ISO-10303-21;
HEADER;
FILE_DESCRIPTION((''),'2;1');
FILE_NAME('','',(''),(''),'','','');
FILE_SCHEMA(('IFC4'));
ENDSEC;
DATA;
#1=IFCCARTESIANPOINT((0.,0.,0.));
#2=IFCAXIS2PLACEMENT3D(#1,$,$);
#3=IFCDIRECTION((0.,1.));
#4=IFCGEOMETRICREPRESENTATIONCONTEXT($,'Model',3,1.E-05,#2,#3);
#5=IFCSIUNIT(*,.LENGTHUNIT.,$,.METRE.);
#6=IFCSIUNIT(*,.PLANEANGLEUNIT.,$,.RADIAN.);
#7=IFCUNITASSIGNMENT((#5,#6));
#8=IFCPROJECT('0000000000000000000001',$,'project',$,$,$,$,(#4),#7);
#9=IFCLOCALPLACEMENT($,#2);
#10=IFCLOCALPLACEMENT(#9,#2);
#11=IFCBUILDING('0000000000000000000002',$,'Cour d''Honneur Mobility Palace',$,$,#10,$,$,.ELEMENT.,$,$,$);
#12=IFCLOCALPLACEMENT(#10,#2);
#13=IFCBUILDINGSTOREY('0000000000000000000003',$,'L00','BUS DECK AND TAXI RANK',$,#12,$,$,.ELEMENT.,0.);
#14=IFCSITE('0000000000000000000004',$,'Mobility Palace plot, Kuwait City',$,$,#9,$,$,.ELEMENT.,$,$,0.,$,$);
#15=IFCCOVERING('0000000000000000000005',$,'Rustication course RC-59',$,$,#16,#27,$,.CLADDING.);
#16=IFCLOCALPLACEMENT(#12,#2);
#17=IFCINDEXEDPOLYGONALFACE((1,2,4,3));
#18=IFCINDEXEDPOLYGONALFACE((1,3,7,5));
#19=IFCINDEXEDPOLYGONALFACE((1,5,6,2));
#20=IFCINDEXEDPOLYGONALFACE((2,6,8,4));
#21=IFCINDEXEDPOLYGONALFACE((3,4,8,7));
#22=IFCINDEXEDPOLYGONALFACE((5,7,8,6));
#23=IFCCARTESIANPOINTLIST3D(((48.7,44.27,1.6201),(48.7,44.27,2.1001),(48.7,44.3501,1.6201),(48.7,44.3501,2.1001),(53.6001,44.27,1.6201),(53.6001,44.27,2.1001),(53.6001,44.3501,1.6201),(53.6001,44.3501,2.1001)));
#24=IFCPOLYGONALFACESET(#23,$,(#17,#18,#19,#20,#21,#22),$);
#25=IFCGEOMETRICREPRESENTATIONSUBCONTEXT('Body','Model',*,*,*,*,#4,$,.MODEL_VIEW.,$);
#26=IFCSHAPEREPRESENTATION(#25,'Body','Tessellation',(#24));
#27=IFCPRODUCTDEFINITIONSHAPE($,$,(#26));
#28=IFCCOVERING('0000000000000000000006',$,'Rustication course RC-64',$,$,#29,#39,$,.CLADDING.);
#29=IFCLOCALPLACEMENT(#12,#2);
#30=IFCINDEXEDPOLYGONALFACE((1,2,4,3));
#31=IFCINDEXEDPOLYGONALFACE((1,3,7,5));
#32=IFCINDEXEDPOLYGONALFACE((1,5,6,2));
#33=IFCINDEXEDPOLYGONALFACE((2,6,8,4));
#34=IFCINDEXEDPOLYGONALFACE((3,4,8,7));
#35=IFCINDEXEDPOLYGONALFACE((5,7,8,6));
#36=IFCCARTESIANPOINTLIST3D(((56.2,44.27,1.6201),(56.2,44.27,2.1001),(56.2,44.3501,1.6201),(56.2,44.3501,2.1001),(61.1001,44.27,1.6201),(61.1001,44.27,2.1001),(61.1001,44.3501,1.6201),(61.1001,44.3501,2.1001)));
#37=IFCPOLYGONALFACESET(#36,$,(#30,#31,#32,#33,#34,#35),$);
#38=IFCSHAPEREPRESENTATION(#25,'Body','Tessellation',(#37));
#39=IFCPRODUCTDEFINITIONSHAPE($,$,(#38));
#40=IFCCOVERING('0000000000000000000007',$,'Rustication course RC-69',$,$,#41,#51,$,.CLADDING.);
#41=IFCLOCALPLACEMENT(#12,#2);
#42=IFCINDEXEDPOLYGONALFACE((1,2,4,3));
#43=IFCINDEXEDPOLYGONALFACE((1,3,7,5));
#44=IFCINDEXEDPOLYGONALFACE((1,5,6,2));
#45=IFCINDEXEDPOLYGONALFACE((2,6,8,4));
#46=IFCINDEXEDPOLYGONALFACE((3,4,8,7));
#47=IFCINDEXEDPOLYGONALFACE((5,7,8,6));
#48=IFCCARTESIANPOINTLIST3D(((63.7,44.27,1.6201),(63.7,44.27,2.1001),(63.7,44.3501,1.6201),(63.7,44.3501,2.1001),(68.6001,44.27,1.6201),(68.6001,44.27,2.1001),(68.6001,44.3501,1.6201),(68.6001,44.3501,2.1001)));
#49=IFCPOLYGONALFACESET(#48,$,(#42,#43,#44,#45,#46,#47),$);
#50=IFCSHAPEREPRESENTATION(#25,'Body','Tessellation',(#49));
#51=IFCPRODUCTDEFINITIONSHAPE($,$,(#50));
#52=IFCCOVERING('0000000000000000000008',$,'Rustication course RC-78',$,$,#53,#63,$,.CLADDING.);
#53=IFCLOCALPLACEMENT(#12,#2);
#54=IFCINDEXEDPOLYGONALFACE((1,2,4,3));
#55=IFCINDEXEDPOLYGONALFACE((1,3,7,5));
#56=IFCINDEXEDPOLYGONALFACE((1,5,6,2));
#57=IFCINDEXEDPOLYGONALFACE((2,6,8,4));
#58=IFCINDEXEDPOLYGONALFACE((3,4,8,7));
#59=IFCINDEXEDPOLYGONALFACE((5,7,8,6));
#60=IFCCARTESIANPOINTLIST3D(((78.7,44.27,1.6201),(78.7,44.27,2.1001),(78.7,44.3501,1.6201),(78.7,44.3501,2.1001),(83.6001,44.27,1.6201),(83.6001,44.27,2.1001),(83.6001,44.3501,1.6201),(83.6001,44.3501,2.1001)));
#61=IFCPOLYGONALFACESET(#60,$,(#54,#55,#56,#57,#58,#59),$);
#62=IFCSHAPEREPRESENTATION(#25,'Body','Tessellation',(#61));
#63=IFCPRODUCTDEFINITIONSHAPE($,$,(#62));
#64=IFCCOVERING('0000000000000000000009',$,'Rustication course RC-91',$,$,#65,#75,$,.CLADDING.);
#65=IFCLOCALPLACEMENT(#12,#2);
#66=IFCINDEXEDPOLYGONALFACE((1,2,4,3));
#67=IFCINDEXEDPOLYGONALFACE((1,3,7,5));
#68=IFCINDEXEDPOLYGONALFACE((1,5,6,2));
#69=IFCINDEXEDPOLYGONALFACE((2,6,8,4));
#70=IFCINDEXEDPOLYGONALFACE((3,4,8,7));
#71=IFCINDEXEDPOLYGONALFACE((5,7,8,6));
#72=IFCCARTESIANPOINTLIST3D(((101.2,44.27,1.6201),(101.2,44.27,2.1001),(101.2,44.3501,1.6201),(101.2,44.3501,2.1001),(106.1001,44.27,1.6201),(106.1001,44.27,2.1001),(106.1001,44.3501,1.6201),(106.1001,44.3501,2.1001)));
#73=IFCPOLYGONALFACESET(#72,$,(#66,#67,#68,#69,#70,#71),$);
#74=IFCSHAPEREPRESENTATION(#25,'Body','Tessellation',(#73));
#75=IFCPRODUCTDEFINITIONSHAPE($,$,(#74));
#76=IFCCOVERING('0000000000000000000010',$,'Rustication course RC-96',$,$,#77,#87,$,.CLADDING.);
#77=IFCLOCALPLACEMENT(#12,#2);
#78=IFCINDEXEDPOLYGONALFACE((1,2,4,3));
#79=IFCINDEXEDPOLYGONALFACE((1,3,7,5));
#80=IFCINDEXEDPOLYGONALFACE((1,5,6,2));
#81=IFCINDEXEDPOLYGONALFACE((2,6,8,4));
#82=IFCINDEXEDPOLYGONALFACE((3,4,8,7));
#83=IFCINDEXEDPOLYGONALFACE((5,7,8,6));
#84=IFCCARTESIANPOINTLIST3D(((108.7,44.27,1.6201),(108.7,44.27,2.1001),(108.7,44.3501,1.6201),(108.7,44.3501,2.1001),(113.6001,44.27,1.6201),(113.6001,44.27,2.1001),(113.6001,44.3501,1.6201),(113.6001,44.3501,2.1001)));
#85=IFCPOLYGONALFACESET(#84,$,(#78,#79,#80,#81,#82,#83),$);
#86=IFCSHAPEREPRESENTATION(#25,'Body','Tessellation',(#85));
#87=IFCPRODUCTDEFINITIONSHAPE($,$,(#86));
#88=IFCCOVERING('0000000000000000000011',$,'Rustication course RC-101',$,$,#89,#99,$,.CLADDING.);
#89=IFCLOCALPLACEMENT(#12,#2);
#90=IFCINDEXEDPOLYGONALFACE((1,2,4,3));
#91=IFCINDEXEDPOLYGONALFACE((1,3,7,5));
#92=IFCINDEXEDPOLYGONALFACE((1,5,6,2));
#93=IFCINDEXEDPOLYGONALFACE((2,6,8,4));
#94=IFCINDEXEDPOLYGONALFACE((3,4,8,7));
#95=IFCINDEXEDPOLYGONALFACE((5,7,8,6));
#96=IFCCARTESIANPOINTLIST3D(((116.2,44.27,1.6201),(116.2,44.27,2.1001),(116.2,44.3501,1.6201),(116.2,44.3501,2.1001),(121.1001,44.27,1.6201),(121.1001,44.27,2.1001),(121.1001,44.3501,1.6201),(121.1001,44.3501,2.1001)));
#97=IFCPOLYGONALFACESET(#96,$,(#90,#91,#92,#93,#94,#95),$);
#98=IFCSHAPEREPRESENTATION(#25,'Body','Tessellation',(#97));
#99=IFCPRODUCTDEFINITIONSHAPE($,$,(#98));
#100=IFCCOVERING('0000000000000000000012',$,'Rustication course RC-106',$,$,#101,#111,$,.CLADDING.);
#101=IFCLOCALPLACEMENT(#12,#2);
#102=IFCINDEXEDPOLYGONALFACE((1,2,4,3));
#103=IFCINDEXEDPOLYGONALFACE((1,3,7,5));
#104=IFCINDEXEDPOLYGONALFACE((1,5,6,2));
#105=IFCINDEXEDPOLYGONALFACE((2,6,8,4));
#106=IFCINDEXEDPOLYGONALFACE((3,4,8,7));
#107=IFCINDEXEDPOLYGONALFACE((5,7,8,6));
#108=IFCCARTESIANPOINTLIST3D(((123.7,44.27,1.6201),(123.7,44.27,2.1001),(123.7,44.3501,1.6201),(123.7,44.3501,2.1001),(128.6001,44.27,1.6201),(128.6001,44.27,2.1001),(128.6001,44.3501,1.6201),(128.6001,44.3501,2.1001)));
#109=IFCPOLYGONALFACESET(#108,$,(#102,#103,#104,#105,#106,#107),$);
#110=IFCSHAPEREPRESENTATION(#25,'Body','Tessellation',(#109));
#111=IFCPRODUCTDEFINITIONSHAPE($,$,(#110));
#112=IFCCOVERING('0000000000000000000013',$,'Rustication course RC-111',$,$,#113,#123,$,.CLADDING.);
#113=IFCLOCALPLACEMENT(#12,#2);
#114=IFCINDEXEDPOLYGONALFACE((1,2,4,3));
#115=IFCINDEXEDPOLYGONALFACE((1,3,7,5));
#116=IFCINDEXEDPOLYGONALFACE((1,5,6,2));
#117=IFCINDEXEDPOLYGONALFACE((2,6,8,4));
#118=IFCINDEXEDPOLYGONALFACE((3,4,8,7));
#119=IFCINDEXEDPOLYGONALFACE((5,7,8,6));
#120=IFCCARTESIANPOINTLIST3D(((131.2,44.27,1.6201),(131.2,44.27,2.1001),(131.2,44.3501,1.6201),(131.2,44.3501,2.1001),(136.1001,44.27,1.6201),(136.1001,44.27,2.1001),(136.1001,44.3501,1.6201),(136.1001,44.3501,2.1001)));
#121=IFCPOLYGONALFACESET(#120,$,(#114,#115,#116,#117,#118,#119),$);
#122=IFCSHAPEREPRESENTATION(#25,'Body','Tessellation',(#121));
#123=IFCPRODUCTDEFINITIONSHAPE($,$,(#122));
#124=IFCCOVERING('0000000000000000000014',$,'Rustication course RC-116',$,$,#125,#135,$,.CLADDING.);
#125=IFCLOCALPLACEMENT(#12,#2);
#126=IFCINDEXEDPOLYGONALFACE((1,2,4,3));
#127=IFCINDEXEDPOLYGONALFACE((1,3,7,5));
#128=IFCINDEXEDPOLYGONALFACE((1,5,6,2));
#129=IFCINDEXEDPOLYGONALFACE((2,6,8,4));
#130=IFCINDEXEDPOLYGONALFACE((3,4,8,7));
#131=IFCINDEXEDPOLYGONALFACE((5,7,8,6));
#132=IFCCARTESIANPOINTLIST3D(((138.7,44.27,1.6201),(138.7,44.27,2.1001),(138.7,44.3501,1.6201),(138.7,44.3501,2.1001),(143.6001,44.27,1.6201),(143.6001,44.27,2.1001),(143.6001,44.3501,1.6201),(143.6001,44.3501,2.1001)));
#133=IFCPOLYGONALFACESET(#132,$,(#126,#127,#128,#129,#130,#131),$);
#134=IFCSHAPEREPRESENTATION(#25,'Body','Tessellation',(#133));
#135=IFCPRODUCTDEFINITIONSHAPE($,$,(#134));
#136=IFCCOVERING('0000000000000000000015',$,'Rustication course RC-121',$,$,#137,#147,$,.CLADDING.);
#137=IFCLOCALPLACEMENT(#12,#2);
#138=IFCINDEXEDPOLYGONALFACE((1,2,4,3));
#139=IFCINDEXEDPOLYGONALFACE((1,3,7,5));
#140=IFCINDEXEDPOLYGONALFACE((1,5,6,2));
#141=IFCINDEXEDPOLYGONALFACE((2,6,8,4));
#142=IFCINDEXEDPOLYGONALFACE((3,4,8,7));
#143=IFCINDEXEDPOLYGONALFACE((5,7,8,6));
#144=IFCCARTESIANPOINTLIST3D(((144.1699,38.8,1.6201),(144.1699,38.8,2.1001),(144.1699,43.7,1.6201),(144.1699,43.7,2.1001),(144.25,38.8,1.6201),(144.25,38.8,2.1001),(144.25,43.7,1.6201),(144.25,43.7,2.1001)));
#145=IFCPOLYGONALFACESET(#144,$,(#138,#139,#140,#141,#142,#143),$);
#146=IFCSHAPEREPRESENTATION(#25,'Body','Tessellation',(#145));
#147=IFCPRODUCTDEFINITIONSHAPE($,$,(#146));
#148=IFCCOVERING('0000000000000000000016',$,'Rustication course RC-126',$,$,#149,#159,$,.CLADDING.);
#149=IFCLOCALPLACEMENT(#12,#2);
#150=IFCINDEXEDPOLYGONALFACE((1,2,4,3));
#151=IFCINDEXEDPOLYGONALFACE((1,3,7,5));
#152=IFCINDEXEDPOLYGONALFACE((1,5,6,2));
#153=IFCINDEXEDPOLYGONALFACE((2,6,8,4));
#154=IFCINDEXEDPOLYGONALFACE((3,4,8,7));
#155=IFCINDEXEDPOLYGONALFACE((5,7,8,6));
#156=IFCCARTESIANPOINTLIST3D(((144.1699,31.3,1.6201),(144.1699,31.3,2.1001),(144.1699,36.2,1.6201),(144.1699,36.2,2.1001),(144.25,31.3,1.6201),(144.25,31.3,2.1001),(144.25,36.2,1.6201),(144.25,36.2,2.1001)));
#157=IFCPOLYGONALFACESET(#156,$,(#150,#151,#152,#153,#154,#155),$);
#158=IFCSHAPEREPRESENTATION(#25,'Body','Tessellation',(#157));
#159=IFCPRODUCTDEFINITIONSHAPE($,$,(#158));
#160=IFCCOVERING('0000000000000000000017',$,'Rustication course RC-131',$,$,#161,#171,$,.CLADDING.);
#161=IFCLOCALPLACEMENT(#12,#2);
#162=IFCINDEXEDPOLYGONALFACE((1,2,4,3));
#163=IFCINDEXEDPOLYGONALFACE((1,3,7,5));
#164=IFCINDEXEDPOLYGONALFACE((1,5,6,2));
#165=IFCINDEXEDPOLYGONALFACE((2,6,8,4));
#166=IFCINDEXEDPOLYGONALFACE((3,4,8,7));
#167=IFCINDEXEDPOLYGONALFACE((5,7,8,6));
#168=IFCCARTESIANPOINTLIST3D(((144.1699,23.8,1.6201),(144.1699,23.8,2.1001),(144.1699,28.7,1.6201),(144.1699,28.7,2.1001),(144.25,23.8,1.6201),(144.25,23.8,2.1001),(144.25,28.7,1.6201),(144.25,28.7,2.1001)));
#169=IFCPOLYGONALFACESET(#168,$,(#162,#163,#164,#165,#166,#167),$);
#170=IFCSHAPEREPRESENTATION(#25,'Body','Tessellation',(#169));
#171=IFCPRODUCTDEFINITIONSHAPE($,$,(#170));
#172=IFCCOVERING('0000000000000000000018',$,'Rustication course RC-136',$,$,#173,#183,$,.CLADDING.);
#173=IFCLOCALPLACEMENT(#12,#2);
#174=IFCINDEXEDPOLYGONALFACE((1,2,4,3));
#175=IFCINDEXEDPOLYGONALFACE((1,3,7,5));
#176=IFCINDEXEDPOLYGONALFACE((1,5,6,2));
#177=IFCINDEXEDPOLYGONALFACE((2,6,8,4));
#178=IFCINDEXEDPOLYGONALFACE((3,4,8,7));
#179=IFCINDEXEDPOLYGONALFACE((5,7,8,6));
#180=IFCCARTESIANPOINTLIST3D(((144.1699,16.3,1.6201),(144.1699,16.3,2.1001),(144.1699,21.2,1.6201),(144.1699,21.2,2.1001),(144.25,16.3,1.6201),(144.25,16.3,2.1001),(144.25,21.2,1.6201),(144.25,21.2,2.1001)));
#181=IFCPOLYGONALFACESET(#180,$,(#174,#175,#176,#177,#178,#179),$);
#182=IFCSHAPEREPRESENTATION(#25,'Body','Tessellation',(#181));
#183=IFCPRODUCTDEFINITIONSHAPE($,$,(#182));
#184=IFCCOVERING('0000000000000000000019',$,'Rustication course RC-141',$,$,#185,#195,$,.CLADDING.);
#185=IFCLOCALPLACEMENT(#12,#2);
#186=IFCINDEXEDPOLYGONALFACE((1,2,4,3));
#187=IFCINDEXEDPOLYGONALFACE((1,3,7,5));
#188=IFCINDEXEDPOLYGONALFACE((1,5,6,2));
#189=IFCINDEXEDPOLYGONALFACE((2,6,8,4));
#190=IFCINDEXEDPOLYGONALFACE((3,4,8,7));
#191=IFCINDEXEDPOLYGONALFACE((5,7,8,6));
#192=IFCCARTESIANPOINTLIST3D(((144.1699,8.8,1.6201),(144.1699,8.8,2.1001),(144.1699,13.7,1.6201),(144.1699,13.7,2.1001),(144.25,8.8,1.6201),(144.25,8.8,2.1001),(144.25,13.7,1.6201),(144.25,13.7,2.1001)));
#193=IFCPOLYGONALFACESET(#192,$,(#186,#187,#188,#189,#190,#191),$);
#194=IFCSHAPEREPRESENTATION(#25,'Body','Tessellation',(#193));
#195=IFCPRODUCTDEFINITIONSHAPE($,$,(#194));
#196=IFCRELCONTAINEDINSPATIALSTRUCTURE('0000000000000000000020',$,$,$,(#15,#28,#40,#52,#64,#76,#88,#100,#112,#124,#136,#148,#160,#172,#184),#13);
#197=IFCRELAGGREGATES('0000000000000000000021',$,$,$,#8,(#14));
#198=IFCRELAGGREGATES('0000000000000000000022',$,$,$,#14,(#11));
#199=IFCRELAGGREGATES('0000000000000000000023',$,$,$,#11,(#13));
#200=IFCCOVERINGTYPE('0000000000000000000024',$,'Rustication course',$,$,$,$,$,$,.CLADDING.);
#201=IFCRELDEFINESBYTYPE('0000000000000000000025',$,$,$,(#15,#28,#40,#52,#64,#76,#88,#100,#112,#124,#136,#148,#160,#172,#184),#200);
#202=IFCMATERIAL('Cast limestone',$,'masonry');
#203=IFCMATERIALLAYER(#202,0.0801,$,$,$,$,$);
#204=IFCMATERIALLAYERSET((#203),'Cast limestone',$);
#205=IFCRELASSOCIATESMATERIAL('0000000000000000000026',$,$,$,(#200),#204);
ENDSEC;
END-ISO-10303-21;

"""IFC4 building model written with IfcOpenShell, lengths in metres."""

from ifc_helpers import new_model, si_unit, direction, frame, origin, place, context, subcontext, project, spatial, polyline, outline, extrude, material, layer, layer_set, type_object, element, save


model = new_model("IFC4")

# Units and contexts
model_context = context("Model", 3, precision=1e-05, world=origin(), true_north=direction((0.0, 1.0)))
body_context = subcontext(model_context, "Body", "Model", "MODEL_VIEW")
ifc_project = project(units=[si_unit("LENGTHUNIT", "METRE"), si_unit("PLANEANGLEUNIT", "RADIAN")], contexts=[model_context])

# Site, building, storey
site_placement = place(None, origin())
site = spatial("IfcSite", under=ifc_project, at=site_placement, Name="Mobility Palace plot, Kuwait City", CompositionType="ELEMENT", RefElevation=0.0)
building_placement = place(site_placement, origin())
building = spatial("IfcBuilding", under=site, at=building_placement, Name="Cour d'Honneur Mobility Palace", CompositionType="ELEMENT")
storey_placement = place(building_placement, origin())
storey = spatial("IfcBuildingStorey", under=building, at=storey_placement, Name="L00", Description="BUS DECK AND TAXI RANK", CompositionType="ELEMENT", Elevation=0.0)

# Coverings
ifc_material = material(Name="Cast limestone", Category="masonry")
ifc_layer = layer(ifc_material, 0.0801)
ifc_layer_set = layer_set([ifc_layer], Name="Cast limestone")
covering_type = type_object("IfcCoveringType", Name="Rustication course", PredefinedType="CLADDING", material=ifc_layer_set)
covering_1_placement = place(storey_placement, frame((0.0, 0.0, 1.6201)))
element("IfcCovering", 1, at=covering_1_placement, inside=storey, type_object=covering_type, Name="Rustication course RC-59", PredefinedType="CLADDING", context=body_context, shape_type="SweptSolid", body=[
    extrude(outline(polyline([(48.7, 44.3501), (53.6001, 44.3501), (53.6001, 44.27), (48.7, 44.27), (48.7, 44.3501)])), origin(), (0.0, 0.0, 1.0), 0.48),
])
covering_2_placement = place(storey_placement, frame((0.0, 0.0, 1.6201)))
element("IfcCovering", 2, at=covering_2_placement, inside=storey, type_object=covering_type, Name="Rustication course RC-64", PredefinedType="CLADDING", context=body_context, shape_type="SweptSolid", body=[
    extrude(outline(polyline([(56.2, 44.3501), (61.1001, 44.3501), (61.1001, 44.27), (56.2, 44.27), (56.2, 44.3501)])), origin(), (0.0, 0.0, 1.0), 0.48),
])
covering_3_placement = place(storey_placement, frame((0.0, 0.0, 1.6201)))
element("IfcCovering", 3, at=covering_3_placement, inside=storey, type_object=covering_type, Name="Rustication course RC-69", PredefinedType="CLADDING", context=body_context, shape_type="SweptSolid", body=[
    extrude(outline(polyline([(63.7, 44.3501), (68.6001, 44.3501), (68.6001, 44.27), (63.7, 44.27), (63.7, 44.3501)])), origin(), (0.0, 0.0, 1.0), 0.48),
])
covering_4_placement = place(storey_placement, frame((0.0, 0.0, 1.6201)))
element("IfcCovering", 4, at=covering_4_placement, inside=storey, type_object=covering_type, Name="Rustication course RC-78", PredefinedType="CLADDING", context=body_context, shape_type="SweptSolid", body=[
    extrude(outline(polyline([(78.7, 44.3501), (83.6001, 44.3501), (83.6001, 44.27), (78.7, 44.27), (78.7, 44.3501)])), origin(), (0.0, 0.0, 1.0), 0.48),
])
covering_5_placement = place(storey_placement, frame((0.0, 0.0, 1.6201)))
element("IfcCovering", 5, at=covering_5_placement, inside=storey, type_object=covering_type, Name="Rustication course RC-91", PredefinedType="CLADDING", context=body_context, shape_type="SweptSolid", body=[
    extrude(outline(polyline([(101.2, 44.3501), (106.1001, 44.3501), (106.1001, 44.27), (101.2, 44.27), (101.2, 44.3501)])), origin(), (0.0, 0.0, 1.0), 0.48),
])
covering_6_placement = place(storey_placement, frame((0.0, 0.0, 1.6201)))
element("IfcCovering", 6, at=covering_6_placement, inside=storey, type_object=covering_type, Name="Rustication course RC-96", PredefinedType="CLADDING", context=body_context, shape_type="SweptSolid", body=[
    extrude(outline(polyline([(108.7, 44.3501), (113.6001, 44.3501), (113.6001, 44.27), (108.7, 44.27), (108.7, 44.3501)])), origin(), (0.0, 0.0, 1.0), 0.48),
])
covering_7_placement = place(storey_placement, frame((0.0, 0.0, 1.6201)))
element("IfcCovering", 7, at=covering_7_placement, inside=storey, type_object=covering_type, Name="Rustication course RC-101", PredefinedType="CLADDING", context=body_context, shape_type="SweptSolid", body=[
    extrude(outline(polyline([(116.2, 44.3501), (121.1001, 44.3501), (121.1001, 44.27), (116.2, 44.27), (116.2, 44.3501)])), origin(), (0.0, 0.0, 1.0), 0.48),
])
covering_8_placement = place(storey_placement, frame((0.0, 0.0, 1.6201)))
element("IfcCovering", 8, at=covering_8_placement, inside=storey, type_object=covering_type, Name="Rustication course RC-106", PredefinedType="CLADDING", context=body_context, shape_type="SweptSolid", body=[
    extrude(outline(polyline([(123.7, 44.3501), (128.6001, 44.3501), (128.6001, 44.27), (123.7, 44.27), (123.7, 44.3501)])), origin(), (0.0, 0.0, 1.0), 0.48),
])
covering_9_placement = place(storey_placement, frame((0.0, 0.0, 1.6201)))
element("IfcCovering", 9, at=covering_9_placement, inside=storey, type_object=covering_type, Name="Rustication course RC-111", PredefinedType="CLADDING", context=body_context, shape_type="SweptSolid", body=[
    extrude(outline(polyline([(131.2, 44.3501), (136.1001, 44.3501), (136.1001, 44.27), (131.2, 44.27), (131.2, 44.3501)])), origin(), (0.0, 0.0, 1.0), 0.48),
])
covering_10_placement = place(storey_placement, frame((0.0, 0.0, 1.6201)))
element("IfcCovering", 10, at=covering_10_placement, inside=storey, type_object=covering_type, Name="Rustication course RC-116", PredefinedType="CLADDING", context=body_context, shape_type="SweptSolid", body=[
    extrude(outline(polyline([(138.7, 44.3501), (143.6001, 44.3501), (143.6001, 44.27), (138.7, 44.27), (138.7, 44.3501)])), origin(), (0.0, 0.0, 1.0), 0.48),
])
covering_11_placement = place(storey_placement, frame((0.0, 0.0, 1.6201)))
element("IfcCovering", 11, at=covering_11_placement, inside=storey, type_object=covering_type, Name="Rustication course RC-121", PredefinedType="CLADDING", context=body_context, shape_type="SweptSolid", body=[
    extrude(outline(polyline([(144.25, 43.7), (144.25, 38.8), (144.1699, 38.8), (144.1699, 43.7), (144.25, 43.7)])), origin(), (0.0, 0.0, 1.0), 0.48),
])
covering_12_placement = place(storey_placement, frame((0.0, 0.0, 1.6201)))
element("IfcCovering", 12, at=covering_12_placement, inside=storey, type_object=covering_type, Name="Rustication course RC-126", PredefinedType="CLADDING", context=body_context, shape_type="SweptSolid", body=[
    extrude(outline(polyline([(144.25, 36.2), (144.25, 31.3), (144.1699, 31.3), (144.1699, 36.2), (144.25, 36.2)])), origin(), (0.0, 0.0, 1.0), 0.48),
])
covering_13_placement = place(storey_placement, frame((0.0, 0.0, 1.6201)))
element("IfcCovering", 13, at=covering_13_placement, inside=storey, type_object=covering_type, Name="Rustication course RC-131", PredefinedType="CLADDING", context=body_context, shape_type="SweptSolid", body=[
    extrude(outline(polyline([(144.25, 28.7), (144.25, 23.8), (144.1699, 23.8), (144.1699, 28.7), (144.25, 28.7)])), origin(), (0.0, 0.0, 1.0), 0.48),
])
covering_14_placement = place(storey_placement, frame((0.0, 0.0, 1.6201)))
element("IfcCovering", 14, at=covering_14_placement, inside=storey, type_object=covering_type, Name="Rustication course RC-136", PredefinedType="CLADDING", context=body_context, shape_type="SweptSolid", body=[
    extrude(outline(polyline([(144.25, 21.2), (144.25, 16.3), (144.1699, 16.3), (144.1699, 21.2), (144.25, 21.2)])), origin(), (0.0, 0.0, 1.0), 0.48),
])
covering_15_placement = place(storey_placement, frame((0.0, 0.0, 1.6201)))
element("IfcCovering", 15, at=covering_15_placement, inside=storey, type_object=covering_type, Name="Rustication course RC-141", PredefinedType="CLADDING", context=body_context, shape_type="SweptSolid", body=[
    extrude(outline(polyline([(144.25, 13.7), (144.25, 8.8), (144.1699, 8.8), (144.1699, 13.7), (144.25, 13.7)])), origin(), (0.0, 0.0, 1.0), 0.48),
])

save(model, "model.ifc")
